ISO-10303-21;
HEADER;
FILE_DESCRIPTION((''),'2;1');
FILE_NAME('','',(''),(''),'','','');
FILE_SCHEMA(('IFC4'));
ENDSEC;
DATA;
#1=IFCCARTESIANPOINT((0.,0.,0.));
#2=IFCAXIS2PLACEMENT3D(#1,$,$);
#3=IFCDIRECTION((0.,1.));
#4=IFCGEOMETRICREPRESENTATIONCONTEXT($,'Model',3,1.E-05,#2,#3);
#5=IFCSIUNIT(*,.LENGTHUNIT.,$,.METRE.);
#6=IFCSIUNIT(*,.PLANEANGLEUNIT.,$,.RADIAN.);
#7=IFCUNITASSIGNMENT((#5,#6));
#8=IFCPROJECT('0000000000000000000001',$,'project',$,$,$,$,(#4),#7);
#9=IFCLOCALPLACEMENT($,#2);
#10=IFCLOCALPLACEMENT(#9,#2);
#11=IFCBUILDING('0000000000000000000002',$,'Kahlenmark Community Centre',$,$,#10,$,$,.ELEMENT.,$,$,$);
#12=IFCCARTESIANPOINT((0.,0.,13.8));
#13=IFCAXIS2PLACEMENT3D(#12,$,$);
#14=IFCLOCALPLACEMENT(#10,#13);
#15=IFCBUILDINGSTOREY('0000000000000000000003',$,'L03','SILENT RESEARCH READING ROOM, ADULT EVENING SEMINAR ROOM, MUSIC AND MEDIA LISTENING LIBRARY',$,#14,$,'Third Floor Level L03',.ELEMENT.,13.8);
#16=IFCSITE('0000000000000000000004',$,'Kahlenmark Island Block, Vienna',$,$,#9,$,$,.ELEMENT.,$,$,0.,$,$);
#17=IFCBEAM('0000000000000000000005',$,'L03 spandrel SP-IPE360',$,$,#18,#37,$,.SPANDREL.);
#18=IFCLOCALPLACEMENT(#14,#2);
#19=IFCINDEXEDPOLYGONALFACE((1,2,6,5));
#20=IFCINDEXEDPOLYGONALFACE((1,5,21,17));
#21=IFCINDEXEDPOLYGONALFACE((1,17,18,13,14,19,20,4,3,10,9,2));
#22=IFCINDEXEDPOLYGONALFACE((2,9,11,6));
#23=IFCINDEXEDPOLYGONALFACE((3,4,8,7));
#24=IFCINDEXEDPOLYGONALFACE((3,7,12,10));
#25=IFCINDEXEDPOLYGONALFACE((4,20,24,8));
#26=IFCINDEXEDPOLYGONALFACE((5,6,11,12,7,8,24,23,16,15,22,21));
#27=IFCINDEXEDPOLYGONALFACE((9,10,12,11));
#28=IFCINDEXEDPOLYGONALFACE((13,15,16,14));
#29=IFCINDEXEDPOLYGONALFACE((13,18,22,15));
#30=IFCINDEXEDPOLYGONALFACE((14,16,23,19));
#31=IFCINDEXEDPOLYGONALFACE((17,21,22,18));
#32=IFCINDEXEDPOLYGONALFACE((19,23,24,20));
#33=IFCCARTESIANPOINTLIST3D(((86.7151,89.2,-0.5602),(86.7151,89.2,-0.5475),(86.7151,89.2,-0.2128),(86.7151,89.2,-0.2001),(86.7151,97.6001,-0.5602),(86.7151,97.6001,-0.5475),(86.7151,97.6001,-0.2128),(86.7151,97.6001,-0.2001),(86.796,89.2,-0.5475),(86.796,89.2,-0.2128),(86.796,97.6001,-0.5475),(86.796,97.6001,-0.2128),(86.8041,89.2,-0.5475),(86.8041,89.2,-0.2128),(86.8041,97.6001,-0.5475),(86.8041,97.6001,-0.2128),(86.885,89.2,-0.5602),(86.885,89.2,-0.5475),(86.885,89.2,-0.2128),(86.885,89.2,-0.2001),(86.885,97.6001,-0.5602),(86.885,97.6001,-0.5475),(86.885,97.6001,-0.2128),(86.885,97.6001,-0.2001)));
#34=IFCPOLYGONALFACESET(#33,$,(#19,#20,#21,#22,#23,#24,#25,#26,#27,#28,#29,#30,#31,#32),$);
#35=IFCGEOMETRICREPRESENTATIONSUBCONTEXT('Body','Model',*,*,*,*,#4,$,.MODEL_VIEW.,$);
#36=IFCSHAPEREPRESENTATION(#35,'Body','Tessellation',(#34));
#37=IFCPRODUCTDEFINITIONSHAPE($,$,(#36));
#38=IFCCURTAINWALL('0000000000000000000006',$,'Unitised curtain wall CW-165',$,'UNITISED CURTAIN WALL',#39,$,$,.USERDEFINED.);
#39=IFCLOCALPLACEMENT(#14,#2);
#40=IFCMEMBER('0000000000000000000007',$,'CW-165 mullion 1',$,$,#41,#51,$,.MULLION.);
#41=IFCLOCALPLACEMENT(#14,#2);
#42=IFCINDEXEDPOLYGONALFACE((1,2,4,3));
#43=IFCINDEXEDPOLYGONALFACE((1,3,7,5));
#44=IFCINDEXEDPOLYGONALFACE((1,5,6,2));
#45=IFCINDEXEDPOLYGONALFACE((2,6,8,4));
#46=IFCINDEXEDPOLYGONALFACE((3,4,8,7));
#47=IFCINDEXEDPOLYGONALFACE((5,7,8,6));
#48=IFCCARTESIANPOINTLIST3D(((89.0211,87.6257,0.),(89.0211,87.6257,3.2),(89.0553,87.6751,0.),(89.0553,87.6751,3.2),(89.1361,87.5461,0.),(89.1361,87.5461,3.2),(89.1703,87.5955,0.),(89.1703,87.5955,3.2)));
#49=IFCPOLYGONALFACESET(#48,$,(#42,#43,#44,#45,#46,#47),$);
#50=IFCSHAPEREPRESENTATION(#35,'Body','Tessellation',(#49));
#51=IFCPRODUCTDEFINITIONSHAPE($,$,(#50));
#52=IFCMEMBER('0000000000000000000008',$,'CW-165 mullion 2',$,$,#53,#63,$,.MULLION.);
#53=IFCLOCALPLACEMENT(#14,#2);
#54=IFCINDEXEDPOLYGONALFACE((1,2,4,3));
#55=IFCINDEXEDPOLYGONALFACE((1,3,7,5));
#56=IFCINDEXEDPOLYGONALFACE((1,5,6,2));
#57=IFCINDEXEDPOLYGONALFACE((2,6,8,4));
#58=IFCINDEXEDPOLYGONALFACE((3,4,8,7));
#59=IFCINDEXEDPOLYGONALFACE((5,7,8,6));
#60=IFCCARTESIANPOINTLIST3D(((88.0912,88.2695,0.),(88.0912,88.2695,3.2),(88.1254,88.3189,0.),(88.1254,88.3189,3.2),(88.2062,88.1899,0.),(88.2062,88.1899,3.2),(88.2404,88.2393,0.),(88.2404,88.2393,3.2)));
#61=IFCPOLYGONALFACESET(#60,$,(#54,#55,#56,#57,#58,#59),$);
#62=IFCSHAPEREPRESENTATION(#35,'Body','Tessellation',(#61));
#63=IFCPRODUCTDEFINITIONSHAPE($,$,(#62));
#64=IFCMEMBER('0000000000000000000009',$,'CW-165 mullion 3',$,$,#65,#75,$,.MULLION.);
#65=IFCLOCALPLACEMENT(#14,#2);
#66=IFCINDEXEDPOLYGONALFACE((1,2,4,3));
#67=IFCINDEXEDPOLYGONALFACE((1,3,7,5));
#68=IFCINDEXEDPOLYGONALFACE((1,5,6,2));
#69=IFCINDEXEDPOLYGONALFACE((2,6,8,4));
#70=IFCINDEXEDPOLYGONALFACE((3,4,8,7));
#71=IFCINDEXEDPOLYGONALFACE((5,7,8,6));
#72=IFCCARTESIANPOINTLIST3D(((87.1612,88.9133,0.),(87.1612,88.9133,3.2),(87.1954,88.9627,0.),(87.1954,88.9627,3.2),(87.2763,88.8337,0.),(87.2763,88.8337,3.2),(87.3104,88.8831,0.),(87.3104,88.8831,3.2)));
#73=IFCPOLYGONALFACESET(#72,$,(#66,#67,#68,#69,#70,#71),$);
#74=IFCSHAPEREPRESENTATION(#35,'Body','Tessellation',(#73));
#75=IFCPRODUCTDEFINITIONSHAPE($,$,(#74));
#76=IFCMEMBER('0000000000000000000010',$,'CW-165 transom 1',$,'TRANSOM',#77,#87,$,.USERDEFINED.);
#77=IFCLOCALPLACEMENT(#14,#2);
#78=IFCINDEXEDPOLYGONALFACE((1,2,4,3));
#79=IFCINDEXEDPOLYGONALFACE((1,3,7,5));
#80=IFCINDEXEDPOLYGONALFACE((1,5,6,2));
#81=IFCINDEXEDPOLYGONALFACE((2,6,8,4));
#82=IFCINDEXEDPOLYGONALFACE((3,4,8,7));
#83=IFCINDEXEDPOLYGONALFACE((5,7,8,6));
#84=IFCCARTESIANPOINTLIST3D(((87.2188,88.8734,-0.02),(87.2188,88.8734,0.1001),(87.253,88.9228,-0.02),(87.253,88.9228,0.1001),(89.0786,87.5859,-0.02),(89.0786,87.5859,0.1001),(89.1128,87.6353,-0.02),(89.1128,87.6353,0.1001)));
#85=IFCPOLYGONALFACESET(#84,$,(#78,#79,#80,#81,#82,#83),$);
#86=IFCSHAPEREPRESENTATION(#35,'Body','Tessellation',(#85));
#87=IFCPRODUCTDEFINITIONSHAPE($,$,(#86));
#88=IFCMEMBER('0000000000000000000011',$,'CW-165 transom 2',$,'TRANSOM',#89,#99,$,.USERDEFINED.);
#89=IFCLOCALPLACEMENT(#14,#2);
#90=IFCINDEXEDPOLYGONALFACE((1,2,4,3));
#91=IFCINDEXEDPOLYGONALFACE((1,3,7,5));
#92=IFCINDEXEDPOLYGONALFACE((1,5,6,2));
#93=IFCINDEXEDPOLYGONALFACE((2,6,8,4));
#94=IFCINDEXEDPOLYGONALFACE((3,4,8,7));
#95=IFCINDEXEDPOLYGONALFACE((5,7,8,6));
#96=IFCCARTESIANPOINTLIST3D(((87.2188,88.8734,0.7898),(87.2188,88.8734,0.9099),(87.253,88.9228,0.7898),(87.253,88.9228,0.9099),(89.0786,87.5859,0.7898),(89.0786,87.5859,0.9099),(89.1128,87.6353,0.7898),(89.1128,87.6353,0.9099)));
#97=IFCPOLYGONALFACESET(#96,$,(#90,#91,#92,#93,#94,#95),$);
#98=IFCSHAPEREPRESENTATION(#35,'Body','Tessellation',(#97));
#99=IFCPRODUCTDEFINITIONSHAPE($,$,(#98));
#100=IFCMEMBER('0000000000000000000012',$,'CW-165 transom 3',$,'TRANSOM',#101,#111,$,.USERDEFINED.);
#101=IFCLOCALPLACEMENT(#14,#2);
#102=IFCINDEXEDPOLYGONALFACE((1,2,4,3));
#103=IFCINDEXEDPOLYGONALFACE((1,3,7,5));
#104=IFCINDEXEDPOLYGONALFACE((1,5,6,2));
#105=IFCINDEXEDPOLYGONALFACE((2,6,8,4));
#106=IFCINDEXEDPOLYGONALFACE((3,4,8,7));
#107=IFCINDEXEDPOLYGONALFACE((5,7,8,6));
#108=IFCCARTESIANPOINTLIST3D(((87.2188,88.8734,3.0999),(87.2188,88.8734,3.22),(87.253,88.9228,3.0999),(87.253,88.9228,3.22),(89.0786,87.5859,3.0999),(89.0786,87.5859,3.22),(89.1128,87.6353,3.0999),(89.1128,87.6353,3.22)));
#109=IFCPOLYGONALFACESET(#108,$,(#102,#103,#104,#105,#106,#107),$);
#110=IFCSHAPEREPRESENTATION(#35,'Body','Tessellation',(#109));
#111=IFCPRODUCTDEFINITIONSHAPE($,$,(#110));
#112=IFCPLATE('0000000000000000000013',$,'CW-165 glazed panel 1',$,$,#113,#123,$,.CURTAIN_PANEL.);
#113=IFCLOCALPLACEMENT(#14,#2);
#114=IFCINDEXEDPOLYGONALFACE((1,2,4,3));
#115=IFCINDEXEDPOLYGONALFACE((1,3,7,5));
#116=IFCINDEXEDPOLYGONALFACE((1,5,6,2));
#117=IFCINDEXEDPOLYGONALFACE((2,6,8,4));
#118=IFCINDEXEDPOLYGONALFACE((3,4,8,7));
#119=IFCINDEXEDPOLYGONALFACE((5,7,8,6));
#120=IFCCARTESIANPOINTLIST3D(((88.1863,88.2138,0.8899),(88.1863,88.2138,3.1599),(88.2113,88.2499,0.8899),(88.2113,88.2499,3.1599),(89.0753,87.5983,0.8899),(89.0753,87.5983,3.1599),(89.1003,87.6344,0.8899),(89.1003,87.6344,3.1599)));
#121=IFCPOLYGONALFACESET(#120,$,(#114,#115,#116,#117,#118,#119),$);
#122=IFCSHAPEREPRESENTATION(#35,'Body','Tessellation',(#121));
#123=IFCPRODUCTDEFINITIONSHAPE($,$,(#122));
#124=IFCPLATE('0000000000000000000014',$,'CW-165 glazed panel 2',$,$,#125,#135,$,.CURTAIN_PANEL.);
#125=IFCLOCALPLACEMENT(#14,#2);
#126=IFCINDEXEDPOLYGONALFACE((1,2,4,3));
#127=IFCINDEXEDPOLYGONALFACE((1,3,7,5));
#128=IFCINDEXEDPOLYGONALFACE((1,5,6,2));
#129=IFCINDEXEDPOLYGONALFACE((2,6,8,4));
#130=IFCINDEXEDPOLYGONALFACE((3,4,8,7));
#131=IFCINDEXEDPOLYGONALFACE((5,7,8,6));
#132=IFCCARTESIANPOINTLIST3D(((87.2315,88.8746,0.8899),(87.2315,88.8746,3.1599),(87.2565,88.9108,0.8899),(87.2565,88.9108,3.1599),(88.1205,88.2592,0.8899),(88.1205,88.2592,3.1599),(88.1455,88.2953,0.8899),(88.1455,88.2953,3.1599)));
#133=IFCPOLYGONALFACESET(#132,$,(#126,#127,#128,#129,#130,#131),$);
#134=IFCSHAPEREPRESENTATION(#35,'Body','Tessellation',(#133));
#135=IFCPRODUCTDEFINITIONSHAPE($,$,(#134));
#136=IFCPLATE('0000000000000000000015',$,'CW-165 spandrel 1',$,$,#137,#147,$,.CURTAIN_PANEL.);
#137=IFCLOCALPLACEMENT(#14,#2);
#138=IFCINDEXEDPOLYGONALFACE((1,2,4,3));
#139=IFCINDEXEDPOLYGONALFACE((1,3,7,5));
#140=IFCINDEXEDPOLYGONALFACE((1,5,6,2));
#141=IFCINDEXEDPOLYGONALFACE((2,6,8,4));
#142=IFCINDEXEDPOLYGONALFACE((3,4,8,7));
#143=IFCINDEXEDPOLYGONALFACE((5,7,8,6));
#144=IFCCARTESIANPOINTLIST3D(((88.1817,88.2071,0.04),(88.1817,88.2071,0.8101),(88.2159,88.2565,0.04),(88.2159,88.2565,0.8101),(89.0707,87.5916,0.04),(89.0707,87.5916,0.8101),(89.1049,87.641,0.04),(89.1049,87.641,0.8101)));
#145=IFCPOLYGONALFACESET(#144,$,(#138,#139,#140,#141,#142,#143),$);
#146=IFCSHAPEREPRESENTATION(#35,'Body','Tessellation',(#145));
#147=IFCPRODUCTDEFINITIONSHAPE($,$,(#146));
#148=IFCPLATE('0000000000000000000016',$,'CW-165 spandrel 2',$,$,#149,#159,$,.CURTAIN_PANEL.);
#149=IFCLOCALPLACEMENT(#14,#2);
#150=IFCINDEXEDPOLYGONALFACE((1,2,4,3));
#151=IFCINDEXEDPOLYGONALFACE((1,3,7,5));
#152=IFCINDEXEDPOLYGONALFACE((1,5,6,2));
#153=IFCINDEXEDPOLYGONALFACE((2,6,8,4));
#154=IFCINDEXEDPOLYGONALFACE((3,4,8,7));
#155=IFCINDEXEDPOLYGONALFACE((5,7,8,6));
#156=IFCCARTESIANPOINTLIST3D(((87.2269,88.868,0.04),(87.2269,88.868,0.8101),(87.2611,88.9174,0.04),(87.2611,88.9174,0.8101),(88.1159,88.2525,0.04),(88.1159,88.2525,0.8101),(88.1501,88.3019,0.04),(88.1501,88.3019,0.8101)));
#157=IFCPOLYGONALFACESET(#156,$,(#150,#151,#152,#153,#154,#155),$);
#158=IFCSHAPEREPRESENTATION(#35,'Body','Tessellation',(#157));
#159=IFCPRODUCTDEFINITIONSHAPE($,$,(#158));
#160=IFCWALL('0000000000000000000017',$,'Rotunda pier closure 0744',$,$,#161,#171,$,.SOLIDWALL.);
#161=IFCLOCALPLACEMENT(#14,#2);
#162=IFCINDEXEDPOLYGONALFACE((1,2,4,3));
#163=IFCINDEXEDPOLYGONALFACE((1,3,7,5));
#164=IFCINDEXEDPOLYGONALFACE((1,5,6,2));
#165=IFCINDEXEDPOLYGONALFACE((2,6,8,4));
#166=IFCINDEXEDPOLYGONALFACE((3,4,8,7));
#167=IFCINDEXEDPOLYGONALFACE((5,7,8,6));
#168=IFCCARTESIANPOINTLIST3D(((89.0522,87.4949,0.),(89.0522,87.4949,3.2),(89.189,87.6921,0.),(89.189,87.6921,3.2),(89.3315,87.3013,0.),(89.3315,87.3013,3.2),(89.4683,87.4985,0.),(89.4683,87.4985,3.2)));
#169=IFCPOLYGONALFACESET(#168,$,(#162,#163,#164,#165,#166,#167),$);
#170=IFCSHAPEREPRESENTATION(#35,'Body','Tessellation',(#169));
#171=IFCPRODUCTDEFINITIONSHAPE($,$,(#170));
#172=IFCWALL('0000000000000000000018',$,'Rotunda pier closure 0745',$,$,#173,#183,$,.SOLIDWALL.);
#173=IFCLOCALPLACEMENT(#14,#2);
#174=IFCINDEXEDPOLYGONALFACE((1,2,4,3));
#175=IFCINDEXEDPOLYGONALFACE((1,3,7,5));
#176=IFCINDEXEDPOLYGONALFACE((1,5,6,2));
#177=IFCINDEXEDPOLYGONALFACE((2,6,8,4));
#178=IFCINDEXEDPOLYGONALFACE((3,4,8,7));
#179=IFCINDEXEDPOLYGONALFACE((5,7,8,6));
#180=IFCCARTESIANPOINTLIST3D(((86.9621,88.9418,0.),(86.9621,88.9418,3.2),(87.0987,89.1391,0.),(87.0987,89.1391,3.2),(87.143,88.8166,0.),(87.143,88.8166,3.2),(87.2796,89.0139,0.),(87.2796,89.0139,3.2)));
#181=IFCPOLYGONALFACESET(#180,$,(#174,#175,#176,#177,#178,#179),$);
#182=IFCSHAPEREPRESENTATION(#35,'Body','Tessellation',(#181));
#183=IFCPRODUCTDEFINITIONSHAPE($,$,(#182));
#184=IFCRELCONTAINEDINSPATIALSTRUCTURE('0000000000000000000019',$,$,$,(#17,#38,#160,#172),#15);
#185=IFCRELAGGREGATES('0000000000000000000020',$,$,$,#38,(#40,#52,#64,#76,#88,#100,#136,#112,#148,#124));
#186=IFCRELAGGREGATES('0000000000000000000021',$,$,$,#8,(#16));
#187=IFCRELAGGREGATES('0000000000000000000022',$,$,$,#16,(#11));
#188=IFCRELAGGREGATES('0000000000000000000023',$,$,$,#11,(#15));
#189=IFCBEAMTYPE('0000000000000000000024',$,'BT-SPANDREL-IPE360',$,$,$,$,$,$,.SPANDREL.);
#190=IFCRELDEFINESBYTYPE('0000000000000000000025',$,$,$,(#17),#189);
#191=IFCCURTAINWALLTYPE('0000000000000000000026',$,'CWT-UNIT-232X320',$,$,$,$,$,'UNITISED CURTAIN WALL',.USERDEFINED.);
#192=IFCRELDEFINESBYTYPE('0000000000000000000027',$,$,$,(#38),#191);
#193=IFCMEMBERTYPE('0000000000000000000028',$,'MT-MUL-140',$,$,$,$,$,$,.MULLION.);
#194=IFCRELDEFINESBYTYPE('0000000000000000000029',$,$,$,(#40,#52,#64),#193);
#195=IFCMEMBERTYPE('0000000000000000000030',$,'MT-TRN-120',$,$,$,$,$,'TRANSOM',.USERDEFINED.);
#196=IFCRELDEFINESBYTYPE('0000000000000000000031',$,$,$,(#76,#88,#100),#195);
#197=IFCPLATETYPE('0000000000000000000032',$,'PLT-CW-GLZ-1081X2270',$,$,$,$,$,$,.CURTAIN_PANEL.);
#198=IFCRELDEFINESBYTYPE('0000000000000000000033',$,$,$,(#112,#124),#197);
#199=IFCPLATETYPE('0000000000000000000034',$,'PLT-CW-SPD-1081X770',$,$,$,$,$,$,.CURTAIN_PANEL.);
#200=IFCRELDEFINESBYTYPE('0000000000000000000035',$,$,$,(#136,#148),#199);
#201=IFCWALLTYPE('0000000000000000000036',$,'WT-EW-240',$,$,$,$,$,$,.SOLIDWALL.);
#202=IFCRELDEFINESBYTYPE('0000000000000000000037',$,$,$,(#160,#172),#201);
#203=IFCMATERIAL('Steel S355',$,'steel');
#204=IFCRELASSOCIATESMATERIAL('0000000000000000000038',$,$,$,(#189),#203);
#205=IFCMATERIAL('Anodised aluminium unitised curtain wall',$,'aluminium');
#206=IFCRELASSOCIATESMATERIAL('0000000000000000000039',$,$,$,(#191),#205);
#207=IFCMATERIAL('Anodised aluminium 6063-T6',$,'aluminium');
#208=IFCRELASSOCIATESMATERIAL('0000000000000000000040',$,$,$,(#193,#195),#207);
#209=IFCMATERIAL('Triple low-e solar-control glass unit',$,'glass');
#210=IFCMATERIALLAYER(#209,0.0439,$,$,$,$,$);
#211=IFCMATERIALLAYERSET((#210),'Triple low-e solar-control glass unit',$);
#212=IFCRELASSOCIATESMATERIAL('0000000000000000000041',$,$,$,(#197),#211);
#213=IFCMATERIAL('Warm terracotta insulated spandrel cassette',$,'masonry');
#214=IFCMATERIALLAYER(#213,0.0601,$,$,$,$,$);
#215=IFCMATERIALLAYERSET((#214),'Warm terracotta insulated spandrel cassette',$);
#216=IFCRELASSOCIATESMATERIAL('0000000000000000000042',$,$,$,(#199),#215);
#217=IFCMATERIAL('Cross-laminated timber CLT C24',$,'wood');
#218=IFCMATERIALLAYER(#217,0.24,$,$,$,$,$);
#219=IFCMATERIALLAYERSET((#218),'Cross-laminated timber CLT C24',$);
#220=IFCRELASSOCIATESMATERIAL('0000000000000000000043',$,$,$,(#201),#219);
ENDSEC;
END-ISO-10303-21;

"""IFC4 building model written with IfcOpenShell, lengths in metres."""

from ifc_helpers import new_model, si_unit, direction, frame, frame_2d, origin, origin_2d, place, context, subcontext, project, spatial, rectangle, i_section, extrude, material, layer, layer_set, material_profile, profile_set, type_object, element, aggregate, save


model = new_model("IFC4")

# Units and contexts
model_context = context("Model", 3, precision=1e-05, world=origin(), true_north=direction((0.0, 1.0)))
body_context = subcontext(model_context, "Body", "Model", "MODEL_VIEW")
ifc_project = project(units=[si_unit("LENGTHUNIT", "METRE"), si_unit("PLANEANGLEUNIT", "RADIAN")], contexts=[model_context])

# Site, building, storey
site_placement = place(None, origin())
site = spatial("IfcSite", under=ifc_project, at=site_placement, Name="Kahlenmark Island Block, Vienna", CompositionType="ELEMENT", RefElevation=0.0)
building_placement = place(site_placement, origin())
building = spatial("IfcBuilding", under=site, at=building_placement, Name="Kahlenmark Community Centre", CompositionType="ELEMENT")
storey_placement = place(building_placement, frame((0.0, 0.0, 13.8)))
storey = spatial("IfcBuildingStorey", under=building, at=storey_placement, Name="L03", Description="SILENT RESEARCH READING ROOM, ADULT EVENING SEMINAR ROOM, MUSIC AND MEDIA LISTENING LIBRARY", LongName="Third Floor Level L03", CompositionType="ELEMENT", Elevation=13.8)

# Beam
ifc_material_1 = material(Name="Steel S355", Category="steel")
ifc_material_profile_1 = material_profile(ifc_material_1, i_section(OverallWidth=0.1699, OverallDepth=0.3601, WebThickness=0.0081, FlangeThickness=0.0127, at=origin_2d()), Name="IPE 360")
ifc_profile_set_1 = profile_set([ifc_material_profile_1], Name="Steel S355")
beam_type_1 = type_object("IfcBeamType", Name="BT-SPANDREL-IPE360", PredefinedType="SPANDREL", material=ifc_profile_set_1)
beam_1_placement = place(storey_placement, frame((86.8, 89.2, -0.3801), z_axis=(0.0, 1.0, 0.0), x_axis=(-1.0, 0.0, 0.0)))
element("IfcBeam", 1, at=beam_1_placement, inside=storey, type_object=beam_type_1, Name="L03 spandrel SP-IPE360", PredefinedType="SPANDREL", context=body_context, shape_type="SweptSolid", body=[
    extrude(i_section(OverallWidth=0.1699, OverallDepth=0.3601, WebThickness=0.0081, FlangeThickness=0.0127, at=origin_2d()), origin(), (0.0, 0.0, 1.0), 8.4001),
])

# Curtain wall, members, plates
ifc_material_2 = material(Name="Anodised aluminium unitised curtain wall", Category="aluminium")
curtain_wall_type = type_object("IfcCurtainWallType", Name="CWT-UNIT-232X320", ElementType="UNITISED CURTAIN WALL", PredefinedType="USERDEFINED", material=ifc_material_2)
curtain_wall_placement = place(storey_placement, origin())
curtain_wall = element("IfcCurtainWall", 2, at=curtain_wall_placement, inside=storey, type_object=curtain_wall_type, Name="Unitised curtain wall CW-165", ObjectType="UNITISED CURTAIN WALL", PredefinedType="USERDEFINED")
ifc_material_3 = material(Name="Anodised aluminium 6063-T6", Category="aluminium")
ifc_material_profile_2 = material_profile(ifc_material_3, rectangle(XDim=0.0601, YDim=0.1399, at=origin_2d()), Name="ALU MULLION 60x140")
ifc_profile_set_2 = profile_set([ifc_material_profile_2], Name="Anodised aluminium 6063-T6")
member_type_1 = type_object("IfcMemberType", Name="MT-MUL-140", PredefinedType="MULLION", material=ifc_profile_set_2)
member_1_placement = place(storey_placement, frame((89.0957, 87.6106, 0.0), z_axis=(0.0, 0.0, 1.0), x_axis=(-0.569212, -0.822191, 0.0)))
member_1 = element("IfcMember", 3, at=member_1_placement, type_object=member_type_1, Name="CW-165 mullion 1", PredefinedType="MULLION", context=body_context, shape_type="SweptSolid", body=[
    extrude(rectangle(XDim=0.0601, YDim=0.1399, at=origin_2d()), origin(), (0.0, 0.0, 1.0), 3.2),
])
member_2_placement = place(storey_placement, frame((88.1658, 88.2544, 0.0), z_axis=(0.0, 0.0, 1.0), x_axis=(-0.569212, -0.822191, 0.0)))
member_2 = element("IfcMember", 4, at=member_2_placement, type_object=member_type_1, Name="CW-165 mullion 2", PredefinedType="MULLION", context=body_context, shape_type="SweptSolid", body=[
    extrude(rectangle(XDim=0.0601, YDim=0.1399, at=origin_2d()), origin(), (0.0, 0.0, 1.0), 3.2),
])
member_3_placement = place(storey_placement, frame((87.2358, 88.8982, 0.0), z_axis=(0.0, 0.0, 1.0), x_axis=(-0.569212, -0.822191, 0.0)))
member_3 = element("IfcMember", 5, at=member_3_placement, type_object=member_type_1, Name="CW-165 mullion 3", PredefinedType="MULLION", context=body_context, shape_type="SweptSolid", body=[
    extrude(rectangle(XDim=0.0601, YDim=0.1399, at=origin_2d()), origin(), (0.0, 0.0, 1.0), 3.2),
])
ifc_material_profile_3 = material_profile(ifc_material_3, rectangle(XDim=0.0601, YDim=0.1201, at=origin_2d()), Name="ALU TRANSOM 60x120")
ifc_profile_set_3 = profile_set([ifc_material_profile_3], Name="Anodised aluminium 6063-T6")
member_type_2 = type_object("IfcMemberType", Name="MT-TRN-120", ElementType="TRANSOM", PredefinedType="USERDEFINED", material=ifc_profile_set_3)
member_4_placement = place(storey_placement, frame((89.0957, 87.6106, 0.04), z_axis=(-0.822192, 0.56921, 0.0), x_axis=(-0.56921, -0.822192, 0.0)))
member_4 = element("IfcMember", 6, at=member_4_placement, type_object=member_type_2, Name="CW-165 transom 1", ObjectType="TRANSOM", PredefinedType="USERDEFINED", context=body_context, shape_type="SweptSolid", body=[
    extrude(rectangle(XDim=0.0601, YDim=0.1201, at=origin_2d()), origin(), (0.0, 0.0, 1.0), 2.262),
])
member_5_placement = place(storey_placement, frame((89.0957, 87.6106, 0.8499), z_axis=(-0.822192, 0.56921, 0.0), x_axis=(-0.56921, -0.822192, 0.0)))
member_5 = element("IfcMember", 7, at=member_5_placement, type_object=member_type_2, Name="CW-165 transom 2", ObjectType="TRANSOM", PredefinedType="USERDEFINED", context=body_context, shape_type="SweptSolid", body=[
    extrude(rectangle(XDim=0.0601, YDim=0.1201, at=origin_2d()), origin(), (0.0, 0.0, 1.0), 2.262),
])
member_6_placement = place(storey_placement, frame((89.0957, 87.6106, 3.1599), z_axis=(-0.822192, 0.56921, 0.0), x_axis=(-0.56921, -0.822192, 0.0)))
member_6 = element("IfcMember", 8, at=member_6_placement, type_object=member_type_2, Name="CW-165 transom 3", ObjectType="TRANSOM", PredefinedType="USERDEFINED", context=body_context, shape_type="SweptSolid", body=[
    extrude(rectangle(XDim=0.0601, YDim=0.1201, at=origin_2d()), origin(), (0.0, 0.0, 1.0), 2.262),
])
ifc_material_4 = material(Name="Triple low-e solar-control glass unit", Category="glass")
ifc_layer_1 = layer(ifc_material_4, 0.0439)
ifc_layer_set_1 = layer_set([ifc_layer_1], Name="Triple low-e solar-control glass unit")
plate_type_1 = type_object("IfcPlateType", Name="PLT-CW-GLZ-1081X2270", PredefinedType="CURTAIN_PANEL", material=ifc_layer_set_1)
plate_1_placement = place(storey_placement, frame((88.6433, 87.9241, 0.8899), z_axis=(0.0, 0.0, 1.0), x_axis=(-0.822191, 0.569212, 0.0)))
plate_1 = element("IfcPlate", 9, at=plate_1_placement, type_object=plate_type_1, Name="CW-165 glazed panel 1", PredefinedType="CURTAIN_PANEL", context=body_context, shape_type="SweptSolid", body=[
    extrude(rectangle(XDim=1.0813, YDim=0.0439, at=origin_2d()), origin(), (0.0, 0.0, 1.0), 2.27),
])
plate_2_placement = place(storey_placement, frame((87.6885, 88.585, 0.8899), z_axis=(0.0, 0.0, 1.0), x_axis=(-0.822191, 0.569212, 0.0)))
plate_2 = element("IfcPlate", 10, at=plate_2_placement, type_object=plate_type_1, Name="CW-165 glazed panel 2", PredefinedType="CURTAIN_PANEL", context=body_context, shape_type="SweptSolid", body=[
    extrude(rectangle(XDim=1.0813, YDim=0.0439, at=origin_2d()), origin(), (0.0, 0.0, 1.0), 2.27),
])
ifc_material_5 = material(Name="Warm terracotta insulated spandrel cassette", Category="masonry")
ifc_layer_2 = layer(ifc_material_5, 0.0601)
ifc_layer_set_2 = layer_set([ifc_layer_2], Name="Warm terracotta insulated spandrel cassette")
plate_type_2 = type_object("IfcPlateType", Name="PLT-CW-SPD-1081X770", PredefinedType="CURTAIN_PANEL", material=ifc_layer_set_2)
plate_3_placement = place(storey_placement, frame((88.6433, 87.9241, 0.04), z_axis=(0.0, 0.0, 1.0), x_axis=(-0.822191, 0.569212, 0.0)))
plate_3 = element("IfcPlate", 11, at=plate_3_placement, type_object=plate_type_2, Name="CW-165 spandrel 1", PredefinedType="CURTAIN_PANEL", context=body_context, shape_type="SweptSolid", body=[
    extrude(rectangle(XDim=1.0813, YDim=0.0601, at=origin_2d()), origin(), (0.0, 0.0, 1.0), 0.77),
])
plate_4_placement = place(storey_placement, frame((87.6885, 88.585, 0.04), z_axis=(0.0, 0.0, 1.0), x_axis=(-0.822191, 0.569212, 0.0)))
plate_4 = element("IfcPlate", 12, at=plate_4_placement, type_object=plate_type_2, Name="CW-165 spandrel 2", PredefinedType="CURTAIN_PANEL", context=body_context, shape_type="SweptSolid", body=[
    extrude(rectangle(XDim=1.0813, YDim=0.0601, at=origin_2d()), origin(), (0.0, 0.0, 1.0), 0.77),
])
aggregate(curtain_wall, [member_1, member_2, member_3, member_4, member_5, member_6, plate_3, plate_1, plate_4, plate_2])

# Walls
ifc_material_6 = material(Name="Cross-laminated timber CLT C24", Category="wood")
ifc_layer_3 = layer(ifc_material_6, 0.24)
ifc_layer_set_3 = layer_set([ifc_layer_3], Name="Cross-laminated timber CLT C24")
wall_type_1 = type_object("IfcWallType", Name="WT-EW-240", PredefinedType="SOLIDWALL", material=ifc_layer_set_3)
wall_1_placement = place(storey_placement, frame((89.3999, 87.3999, 0.0), z_axis=(0.0, 0.0, 1.0), x_axis=(-0.821856, 0.569696, 0.0)))
element("IfcWall", 13, at=wall_1_placement, inside=storey, type_object=wall_type_1, Name="Rotunda pier closure 0744", PredefinedType="SOLIDWALL", context=body_context, shape_type="SweptSolid", body=[
    extrude(rectangle(XDim=0.3398, YDim=0.24, at=frame_2d((0.1699, 0.0))), origin(), (0.0, 0.0, 1.0), 3.2),
])
wall_2_placement = place(storey_placement, frame((87.2112, 88.9153, 0.0), z_axis=(0.0, 0.0, 1.0), x_axis=(-0.822192, 0.56921, 0.0)))
element("IfcWall", 14, at=wall_2_placement, inside=storey, type_object=wall_type_1, Name="Rotunda pier closure 0745", PredefinedType="SOLIDWALL", context=body_context, shape_type="SweptSolid", body=[
    extrude(rectangle(XDim=0.22, YDim=0.24, at=frame_2d((0.1099, 0.0))), origin(), (0.0, 0.0, 1.0), 3.2),
])

save(model, "model.ifc")
